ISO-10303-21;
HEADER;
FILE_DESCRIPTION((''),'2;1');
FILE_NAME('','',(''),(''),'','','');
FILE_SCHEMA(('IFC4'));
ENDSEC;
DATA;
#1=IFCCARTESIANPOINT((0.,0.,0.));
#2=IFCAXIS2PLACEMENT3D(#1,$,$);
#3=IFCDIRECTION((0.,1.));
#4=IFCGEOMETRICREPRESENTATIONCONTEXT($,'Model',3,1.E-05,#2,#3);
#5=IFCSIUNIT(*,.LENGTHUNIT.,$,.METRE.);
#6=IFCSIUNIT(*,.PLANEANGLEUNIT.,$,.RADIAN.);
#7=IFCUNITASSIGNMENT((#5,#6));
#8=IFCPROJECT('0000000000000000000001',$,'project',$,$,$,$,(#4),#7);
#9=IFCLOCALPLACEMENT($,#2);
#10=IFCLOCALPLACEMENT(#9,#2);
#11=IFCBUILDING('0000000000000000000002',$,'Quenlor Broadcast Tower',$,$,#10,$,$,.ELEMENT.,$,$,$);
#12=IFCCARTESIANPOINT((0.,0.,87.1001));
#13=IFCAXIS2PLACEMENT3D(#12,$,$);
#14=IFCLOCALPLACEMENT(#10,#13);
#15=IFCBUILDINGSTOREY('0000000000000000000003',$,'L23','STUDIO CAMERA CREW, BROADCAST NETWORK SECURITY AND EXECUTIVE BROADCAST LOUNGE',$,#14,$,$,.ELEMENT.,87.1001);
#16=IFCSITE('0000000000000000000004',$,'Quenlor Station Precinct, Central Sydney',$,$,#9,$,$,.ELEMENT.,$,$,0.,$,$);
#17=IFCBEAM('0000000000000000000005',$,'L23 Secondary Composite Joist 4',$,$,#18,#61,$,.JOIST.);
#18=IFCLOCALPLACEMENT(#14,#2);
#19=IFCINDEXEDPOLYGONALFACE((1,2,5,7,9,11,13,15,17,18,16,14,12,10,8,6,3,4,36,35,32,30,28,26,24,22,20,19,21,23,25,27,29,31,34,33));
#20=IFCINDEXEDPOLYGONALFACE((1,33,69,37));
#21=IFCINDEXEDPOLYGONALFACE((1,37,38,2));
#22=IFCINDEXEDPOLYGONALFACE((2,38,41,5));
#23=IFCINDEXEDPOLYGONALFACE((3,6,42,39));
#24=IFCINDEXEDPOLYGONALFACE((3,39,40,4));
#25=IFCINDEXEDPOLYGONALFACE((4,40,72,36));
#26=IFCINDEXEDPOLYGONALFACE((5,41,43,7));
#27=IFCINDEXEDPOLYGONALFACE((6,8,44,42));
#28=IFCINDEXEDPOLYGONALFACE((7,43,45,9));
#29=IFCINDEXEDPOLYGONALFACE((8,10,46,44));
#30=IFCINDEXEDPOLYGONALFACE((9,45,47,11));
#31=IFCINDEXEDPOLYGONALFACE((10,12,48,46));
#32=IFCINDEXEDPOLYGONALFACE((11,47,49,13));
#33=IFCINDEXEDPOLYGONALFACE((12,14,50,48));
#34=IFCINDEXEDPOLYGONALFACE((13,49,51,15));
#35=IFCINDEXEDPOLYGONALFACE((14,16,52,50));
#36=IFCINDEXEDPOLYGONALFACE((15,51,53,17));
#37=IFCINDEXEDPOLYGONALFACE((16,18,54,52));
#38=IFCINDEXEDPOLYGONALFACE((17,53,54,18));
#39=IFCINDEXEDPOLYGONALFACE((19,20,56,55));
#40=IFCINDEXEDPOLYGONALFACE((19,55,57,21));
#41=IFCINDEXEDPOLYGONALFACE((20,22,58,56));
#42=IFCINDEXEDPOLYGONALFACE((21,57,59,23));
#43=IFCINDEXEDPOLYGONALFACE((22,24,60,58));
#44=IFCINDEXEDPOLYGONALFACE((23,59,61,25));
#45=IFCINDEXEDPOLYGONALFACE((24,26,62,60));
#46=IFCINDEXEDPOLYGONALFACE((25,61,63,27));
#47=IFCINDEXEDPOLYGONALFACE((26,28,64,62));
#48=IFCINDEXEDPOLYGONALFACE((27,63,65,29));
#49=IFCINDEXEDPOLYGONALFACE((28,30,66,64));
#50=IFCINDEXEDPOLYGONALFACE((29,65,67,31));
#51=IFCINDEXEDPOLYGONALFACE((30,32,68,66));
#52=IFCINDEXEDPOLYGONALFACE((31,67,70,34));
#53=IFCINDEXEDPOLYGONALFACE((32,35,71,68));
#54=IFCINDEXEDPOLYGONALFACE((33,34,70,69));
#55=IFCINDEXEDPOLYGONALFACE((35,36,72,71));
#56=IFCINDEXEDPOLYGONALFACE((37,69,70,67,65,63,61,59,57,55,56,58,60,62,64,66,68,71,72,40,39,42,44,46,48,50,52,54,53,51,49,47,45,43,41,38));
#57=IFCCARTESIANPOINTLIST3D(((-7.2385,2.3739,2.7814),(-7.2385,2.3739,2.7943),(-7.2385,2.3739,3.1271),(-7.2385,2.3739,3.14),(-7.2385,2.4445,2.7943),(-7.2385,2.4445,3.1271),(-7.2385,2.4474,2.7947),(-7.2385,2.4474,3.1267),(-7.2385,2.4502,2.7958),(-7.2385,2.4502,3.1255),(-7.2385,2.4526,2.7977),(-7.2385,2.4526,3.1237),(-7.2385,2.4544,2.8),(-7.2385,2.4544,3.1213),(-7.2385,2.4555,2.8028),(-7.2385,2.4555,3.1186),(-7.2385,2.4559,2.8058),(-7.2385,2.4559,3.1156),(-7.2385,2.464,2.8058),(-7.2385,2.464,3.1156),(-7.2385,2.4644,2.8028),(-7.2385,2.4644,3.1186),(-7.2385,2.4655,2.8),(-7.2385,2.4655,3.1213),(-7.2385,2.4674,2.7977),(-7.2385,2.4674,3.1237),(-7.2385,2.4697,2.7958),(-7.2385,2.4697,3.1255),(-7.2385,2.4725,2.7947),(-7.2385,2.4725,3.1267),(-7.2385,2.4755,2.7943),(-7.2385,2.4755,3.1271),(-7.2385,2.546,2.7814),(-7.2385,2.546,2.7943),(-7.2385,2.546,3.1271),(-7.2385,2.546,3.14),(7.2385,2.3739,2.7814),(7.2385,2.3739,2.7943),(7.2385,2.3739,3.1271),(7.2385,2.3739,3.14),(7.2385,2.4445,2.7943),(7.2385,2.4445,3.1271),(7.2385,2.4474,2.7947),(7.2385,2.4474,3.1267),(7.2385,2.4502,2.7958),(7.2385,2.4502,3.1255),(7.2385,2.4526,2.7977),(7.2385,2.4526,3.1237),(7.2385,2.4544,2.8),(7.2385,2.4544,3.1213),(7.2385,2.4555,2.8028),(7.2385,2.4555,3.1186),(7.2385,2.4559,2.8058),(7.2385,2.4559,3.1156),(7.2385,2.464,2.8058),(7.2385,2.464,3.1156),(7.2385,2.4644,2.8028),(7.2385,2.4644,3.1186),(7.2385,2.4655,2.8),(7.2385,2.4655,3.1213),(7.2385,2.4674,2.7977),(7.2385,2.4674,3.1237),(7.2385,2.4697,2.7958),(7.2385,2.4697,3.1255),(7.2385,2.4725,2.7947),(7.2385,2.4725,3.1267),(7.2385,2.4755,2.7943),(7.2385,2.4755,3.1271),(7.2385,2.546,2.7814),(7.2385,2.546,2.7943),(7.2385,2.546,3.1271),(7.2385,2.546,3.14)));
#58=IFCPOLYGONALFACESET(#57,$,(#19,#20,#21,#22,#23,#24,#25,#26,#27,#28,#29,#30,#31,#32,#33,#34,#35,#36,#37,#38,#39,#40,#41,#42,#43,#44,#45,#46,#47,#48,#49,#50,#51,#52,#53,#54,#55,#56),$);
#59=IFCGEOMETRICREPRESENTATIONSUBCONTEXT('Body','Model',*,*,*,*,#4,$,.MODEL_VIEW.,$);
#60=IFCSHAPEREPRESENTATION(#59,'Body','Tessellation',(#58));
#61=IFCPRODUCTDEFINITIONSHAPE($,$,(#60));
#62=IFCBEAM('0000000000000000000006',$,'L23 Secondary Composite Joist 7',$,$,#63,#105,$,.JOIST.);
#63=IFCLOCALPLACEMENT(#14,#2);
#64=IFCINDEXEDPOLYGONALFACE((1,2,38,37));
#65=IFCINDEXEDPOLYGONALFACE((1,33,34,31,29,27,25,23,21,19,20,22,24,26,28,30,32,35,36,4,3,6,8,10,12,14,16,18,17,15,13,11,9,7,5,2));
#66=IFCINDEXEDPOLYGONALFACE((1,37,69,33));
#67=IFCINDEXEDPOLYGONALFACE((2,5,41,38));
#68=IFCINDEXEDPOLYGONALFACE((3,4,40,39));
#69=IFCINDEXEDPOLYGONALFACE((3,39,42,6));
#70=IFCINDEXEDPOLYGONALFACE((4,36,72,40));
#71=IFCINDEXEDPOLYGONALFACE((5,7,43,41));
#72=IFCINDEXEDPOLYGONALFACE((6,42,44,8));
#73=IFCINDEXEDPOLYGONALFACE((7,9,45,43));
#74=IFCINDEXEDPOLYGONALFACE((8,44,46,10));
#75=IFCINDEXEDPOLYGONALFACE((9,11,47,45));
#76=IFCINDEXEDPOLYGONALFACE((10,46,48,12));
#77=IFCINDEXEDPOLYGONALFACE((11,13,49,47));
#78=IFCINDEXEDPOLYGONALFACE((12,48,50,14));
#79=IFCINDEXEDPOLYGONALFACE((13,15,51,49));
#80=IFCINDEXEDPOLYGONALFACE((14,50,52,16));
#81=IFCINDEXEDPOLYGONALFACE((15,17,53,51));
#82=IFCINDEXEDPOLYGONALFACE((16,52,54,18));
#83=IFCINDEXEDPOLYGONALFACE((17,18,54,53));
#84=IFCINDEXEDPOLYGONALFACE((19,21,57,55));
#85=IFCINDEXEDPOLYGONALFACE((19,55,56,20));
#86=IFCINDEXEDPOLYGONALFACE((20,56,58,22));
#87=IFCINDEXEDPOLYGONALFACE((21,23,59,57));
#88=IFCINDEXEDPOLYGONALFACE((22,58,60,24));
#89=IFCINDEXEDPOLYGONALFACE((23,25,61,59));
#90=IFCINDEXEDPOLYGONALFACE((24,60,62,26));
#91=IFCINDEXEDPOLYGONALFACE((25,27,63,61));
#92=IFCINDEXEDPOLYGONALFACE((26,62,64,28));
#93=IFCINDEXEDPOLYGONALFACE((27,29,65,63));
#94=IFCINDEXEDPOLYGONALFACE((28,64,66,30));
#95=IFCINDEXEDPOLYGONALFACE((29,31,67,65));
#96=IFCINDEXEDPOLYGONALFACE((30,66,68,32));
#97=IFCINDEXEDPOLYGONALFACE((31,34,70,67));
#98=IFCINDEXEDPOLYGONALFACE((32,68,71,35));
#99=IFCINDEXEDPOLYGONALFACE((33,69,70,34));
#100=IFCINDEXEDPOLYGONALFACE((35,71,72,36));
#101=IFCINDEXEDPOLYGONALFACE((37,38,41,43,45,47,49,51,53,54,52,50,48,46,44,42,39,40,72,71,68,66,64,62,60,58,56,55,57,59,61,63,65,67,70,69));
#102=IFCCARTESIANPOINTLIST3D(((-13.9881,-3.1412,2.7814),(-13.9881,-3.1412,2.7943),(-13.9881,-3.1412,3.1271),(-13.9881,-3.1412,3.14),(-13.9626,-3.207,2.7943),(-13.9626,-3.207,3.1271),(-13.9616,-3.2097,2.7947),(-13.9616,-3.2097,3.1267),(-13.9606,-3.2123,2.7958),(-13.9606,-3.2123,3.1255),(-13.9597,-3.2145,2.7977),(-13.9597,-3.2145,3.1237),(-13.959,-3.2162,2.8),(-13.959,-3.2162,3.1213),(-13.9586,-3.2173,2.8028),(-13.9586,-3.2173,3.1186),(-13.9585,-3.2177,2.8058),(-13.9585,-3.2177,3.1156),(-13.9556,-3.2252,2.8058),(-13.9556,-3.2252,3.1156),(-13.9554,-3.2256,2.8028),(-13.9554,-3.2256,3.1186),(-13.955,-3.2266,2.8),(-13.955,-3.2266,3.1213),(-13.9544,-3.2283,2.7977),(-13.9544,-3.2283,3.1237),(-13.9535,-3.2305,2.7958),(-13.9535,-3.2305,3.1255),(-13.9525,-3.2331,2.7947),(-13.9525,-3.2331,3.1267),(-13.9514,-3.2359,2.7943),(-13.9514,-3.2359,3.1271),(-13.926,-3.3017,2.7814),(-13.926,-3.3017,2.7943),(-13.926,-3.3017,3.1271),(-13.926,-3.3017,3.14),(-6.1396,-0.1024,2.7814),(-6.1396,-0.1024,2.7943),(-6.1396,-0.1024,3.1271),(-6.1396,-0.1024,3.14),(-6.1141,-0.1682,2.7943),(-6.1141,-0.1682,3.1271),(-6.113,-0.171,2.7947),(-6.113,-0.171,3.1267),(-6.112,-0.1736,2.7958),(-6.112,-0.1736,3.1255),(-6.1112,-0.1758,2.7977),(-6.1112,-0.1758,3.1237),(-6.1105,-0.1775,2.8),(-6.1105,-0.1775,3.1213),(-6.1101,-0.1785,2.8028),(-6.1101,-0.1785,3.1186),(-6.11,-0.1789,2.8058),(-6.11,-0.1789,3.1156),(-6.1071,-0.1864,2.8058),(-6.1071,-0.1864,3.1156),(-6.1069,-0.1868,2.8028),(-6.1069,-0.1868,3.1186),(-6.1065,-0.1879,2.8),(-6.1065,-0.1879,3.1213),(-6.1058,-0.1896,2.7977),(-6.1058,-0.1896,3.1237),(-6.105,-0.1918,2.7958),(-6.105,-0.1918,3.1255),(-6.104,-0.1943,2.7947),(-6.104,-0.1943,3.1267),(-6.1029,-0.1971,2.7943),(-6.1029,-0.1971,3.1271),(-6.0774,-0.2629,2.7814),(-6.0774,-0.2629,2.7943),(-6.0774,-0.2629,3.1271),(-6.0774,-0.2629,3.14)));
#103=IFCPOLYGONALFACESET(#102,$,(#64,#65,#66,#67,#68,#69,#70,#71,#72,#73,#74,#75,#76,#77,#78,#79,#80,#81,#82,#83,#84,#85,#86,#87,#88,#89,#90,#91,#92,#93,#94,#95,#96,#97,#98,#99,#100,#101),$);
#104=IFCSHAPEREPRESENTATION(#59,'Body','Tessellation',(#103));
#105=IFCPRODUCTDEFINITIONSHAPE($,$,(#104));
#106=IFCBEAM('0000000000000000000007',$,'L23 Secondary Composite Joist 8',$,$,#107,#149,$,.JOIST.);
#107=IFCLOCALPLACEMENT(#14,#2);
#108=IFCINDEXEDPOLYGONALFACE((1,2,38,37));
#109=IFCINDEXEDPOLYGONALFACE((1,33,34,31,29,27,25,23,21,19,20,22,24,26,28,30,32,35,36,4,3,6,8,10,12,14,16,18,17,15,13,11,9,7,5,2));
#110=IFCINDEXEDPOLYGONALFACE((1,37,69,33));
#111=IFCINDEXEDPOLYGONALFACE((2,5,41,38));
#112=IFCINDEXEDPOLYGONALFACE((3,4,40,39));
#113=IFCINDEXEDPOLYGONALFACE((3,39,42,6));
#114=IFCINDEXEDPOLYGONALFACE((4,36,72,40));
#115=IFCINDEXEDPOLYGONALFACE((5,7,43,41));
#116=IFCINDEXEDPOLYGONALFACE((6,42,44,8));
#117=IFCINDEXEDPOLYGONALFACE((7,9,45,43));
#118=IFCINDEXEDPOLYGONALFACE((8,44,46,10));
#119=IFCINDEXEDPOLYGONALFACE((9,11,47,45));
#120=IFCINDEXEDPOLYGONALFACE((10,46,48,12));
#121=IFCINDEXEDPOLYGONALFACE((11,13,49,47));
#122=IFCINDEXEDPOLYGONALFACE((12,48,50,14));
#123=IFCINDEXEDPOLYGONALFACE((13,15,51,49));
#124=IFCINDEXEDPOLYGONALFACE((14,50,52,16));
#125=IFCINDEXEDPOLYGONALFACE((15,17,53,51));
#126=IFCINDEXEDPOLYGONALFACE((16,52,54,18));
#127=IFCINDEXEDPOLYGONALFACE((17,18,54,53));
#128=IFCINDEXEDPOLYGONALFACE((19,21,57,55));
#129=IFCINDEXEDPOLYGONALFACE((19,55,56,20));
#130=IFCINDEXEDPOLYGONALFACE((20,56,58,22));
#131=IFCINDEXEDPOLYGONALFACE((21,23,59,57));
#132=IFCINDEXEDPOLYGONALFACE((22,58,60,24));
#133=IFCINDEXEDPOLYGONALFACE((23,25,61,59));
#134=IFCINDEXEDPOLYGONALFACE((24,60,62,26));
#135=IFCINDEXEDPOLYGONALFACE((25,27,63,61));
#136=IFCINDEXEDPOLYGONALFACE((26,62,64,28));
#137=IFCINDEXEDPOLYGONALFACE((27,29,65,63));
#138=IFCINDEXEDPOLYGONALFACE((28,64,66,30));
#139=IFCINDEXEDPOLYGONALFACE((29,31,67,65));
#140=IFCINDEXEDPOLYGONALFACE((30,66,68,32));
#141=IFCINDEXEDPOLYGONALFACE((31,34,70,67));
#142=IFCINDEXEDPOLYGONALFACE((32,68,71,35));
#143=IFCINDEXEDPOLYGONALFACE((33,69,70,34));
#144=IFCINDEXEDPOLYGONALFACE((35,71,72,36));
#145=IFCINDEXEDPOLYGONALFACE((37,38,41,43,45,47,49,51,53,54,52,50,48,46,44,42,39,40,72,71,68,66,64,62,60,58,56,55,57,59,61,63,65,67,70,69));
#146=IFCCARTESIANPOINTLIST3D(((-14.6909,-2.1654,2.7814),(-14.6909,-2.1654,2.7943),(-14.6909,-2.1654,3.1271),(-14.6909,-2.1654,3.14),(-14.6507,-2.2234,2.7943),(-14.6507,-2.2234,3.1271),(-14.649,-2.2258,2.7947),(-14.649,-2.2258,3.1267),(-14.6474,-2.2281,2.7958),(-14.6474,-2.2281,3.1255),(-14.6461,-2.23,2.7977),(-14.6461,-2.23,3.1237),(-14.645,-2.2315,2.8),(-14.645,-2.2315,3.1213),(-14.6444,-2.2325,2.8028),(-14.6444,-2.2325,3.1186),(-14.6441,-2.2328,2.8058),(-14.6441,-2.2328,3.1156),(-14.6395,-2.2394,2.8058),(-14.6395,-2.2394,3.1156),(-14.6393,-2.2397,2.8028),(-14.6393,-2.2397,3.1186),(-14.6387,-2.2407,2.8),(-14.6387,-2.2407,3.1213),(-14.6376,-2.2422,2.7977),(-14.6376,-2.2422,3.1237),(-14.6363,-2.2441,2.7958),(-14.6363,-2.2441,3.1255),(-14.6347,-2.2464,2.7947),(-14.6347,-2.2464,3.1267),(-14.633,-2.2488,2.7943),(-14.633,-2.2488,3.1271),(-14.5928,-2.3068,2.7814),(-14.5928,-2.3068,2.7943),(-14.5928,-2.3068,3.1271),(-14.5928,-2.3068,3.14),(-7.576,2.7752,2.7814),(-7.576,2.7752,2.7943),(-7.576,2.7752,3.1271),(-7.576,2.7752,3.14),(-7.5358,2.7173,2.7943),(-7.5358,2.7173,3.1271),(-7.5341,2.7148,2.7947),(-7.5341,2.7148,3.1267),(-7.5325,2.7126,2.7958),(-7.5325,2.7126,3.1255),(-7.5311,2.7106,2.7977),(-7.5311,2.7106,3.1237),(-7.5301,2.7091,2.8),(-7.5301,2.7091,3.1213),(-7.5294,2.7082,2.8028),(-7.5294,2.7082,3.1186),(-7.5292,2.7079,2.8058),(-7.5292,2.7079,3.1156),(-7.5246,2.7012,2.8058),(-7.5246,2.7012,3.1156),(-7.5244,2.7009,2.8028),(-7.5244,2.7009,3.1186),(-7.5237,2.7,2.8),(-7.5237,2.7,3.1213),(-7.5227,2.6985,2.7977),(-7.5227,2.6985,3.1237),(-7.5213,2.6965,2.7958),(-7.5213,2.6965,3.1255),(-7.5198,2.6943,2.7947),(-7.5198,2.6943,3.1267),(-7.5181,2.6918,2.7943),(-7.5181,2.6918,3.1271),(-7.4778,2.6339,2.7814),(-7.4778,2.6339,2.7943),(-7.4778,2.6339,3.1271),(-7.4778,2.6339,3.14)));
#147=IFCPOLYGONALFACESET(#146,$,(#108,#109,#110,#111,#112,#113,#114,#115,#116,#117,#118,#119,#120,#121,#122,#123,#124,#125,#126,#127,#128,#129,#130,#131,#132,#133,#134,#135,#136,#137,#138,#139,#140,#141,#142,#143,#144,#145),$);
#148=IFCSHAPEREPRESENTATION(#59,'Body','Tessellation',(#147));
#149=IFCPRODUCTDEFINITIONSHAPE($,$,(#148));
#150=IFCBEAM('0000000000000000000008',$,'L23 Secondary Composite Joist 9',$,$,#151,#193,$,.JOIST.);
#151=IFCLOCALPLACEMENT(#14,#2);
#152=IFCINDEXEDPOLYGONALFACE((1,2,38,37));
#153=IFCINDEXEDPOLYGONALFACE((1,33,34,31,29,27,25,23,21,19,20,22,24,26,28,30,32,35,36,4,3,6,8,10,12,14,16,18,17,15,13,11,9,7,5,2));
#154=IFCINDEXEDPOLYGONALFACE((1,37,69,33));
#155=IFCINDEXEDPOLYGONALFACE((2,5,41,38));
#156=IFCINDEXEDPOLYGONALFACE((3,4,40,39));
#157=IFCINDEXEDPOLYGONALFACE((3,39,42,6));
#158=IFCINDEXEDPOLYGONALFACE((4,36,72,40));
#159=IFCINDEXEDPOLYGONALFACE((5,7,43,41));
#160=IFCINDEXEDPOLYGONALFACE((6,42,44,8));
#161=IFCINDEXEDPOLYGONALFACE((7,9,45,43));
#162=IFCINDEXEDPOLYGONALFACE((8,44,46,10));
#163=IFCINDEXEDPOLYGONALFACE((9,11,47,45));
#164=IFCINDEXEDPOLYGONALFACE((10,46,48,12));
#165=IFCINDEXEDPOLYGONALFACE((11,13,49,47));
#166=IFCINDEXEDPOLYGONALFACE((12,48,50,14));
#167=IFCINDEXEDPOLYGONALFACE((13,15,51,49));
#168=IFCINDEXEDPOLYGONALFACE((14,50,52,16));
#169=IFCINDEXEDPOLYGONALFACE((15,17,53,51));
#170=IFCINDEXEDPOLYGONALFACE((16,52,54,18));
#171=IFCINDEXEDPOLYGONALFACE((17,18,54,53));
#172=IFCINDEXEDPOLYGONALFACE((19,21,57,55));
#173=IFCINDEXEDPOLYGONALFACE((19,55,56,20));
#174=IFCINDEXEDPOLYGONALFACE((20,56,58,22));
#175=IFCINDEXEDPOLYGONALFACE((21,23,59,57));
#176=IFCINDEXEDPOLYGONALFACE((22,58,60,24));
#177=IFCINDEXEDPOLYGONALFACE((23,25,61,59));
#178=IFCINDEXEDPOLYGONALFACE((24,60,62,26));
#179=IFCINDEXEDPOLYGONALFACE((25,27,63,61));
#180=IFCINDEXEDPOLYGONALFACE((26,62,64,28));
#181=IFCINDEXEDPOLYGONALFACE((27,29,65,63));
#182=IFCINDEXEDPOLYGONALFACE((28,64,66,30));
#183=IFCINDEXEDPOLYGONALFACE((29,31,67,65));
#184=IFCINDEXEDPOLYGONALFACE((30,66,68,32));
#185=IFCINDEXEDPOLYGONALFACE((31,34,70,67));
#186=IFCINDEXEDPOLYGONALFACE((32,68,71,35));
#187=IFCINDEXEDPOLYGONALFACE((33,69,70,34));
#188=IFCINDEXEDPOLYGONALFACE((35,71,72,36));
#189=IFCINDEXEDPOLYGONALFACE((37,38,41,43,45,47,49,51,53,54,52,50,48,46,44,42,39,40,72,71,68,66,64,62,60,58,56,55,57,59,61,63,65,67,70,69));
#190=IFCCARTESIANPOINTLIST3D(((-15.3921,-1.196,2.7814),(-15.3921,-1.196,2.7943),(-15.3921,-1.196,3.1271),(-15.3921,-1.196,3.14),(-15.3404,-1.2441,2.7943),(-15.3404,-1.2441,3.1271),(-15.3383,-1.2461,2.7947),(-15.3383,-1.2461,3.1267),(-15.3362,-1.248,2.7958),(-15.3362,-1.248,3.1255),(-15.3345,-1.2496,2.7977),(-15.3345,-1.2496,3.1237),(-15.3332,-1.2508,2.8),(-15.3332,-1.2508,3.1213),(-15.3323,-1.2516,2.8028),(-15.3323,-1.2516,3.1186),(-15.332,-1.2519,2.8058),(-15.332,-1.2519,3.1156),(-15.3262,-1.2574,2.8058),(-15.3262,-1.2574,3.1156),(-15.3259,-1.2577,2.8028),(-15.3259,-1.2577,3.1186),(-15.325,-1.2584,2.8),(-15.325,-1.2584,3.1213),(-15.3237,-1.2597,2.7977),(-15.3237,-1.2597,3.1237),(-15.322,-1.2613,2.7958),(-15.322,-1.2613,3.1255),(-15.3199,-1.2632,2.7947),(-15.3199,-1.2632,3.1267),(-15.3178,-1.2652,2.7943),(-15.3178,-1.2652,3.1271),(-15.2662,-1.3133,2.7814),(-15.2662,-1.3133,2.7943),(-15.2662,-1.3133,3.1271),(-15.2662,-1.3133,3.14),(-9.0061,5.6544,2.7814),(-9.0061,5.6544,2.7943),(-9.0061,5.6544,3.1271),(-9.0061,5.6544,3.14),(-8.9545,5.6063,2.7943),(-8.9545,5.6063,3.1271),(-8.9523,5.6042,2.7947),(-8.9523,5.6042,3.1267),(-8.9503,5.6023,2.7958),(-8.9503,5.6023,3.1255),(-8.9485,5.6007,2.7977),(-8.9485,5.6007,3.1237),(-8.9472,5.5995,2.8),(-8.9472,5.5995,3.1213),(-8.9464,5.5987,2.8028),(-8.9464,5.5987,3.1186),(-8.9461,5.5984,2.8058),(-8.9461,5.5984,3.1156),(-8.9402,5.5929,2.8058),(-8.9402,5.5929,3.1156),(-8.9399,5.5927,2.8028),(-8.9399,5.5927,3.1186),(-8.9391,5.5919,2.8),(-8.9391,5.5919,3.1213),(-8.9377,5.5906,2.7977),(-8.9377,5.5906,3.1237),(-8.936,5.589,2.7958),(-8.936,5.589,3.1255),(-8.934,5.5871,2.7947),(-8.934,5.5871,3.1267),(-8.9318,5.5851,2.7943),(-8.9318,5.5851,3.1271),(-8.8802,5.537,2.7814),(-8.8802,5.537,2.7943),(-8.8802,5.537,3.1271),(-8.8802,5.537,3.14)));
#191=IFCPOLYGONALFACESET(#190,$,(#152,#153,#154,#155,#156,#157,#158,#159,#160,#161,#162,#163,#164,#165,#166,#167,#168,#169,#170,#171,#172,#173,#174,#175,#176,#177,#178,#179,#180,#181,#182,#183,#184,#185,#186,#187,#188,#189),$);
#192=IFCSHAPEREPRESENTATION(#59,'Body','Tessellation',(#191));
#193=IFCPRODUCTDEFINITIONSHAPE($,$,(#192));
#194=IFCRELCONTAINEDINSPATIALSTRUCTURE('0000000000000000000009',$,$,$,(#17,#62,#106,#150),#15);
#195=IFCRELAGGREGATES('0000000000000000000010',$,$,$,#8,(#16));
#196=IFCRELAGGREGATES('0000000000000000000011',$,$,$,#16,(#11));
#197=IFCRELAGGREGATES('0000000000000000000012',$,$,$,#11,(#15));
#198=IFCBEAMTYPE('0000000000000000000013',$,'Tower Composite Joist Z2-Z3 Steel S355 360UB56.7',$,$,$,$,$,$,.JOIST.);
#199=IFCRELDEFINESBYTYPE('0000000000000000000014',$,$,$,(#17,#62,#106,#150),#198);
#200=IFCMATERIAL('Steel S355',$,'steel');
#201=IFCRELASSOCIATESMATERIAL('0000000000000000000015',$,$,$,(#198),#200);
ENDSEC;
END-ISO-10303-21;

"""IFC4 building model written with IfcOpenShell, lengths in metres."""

from ifc_helpers import new_model, si_unit, direction, frame, origin, origin_2d, place, context, subcontext, project, spatial, i_section, extrude, material, material_profile, profile_set, type_object, element, save


model = new_model("IFC4")

# Units and contexts
model_context = context("Model", 3, precision=1e-05, world=origin(), true_north=direction((0.0, 1.0)))
body_context = subcontext(model_context, "Body", "Model", "MODEL_VIEW")
ifc_project = project(units=[si_unit("LENGTHUNIT", "METRE"), si_unit("PLANEANGLEUNIT", "RADIAN")], contexts=[model_context])

# Site, building, storey
site_placement = place(None, origin())
site = spatial("IfcSite", under=ifc_project, at=site_placement, Name="Quenlor Station Precinct, Central Sydney", CompositionType="ELEMENT", RefElevation=0.0)
building_placement = place(site_placement, origin())
building = spatial("IfcBuilding", under=site, at=building_placement, Name="Quenlor Broadcast Tower", CompositionType="ELEMENT")
storey_placement = place(building_placement, frame((0.0, 0.0, 87.1001)))
storey = spatial("IfcBuildingStorey", under=building, at=storey_placement, Name="L23", Description="STUDIO CAMERA CREW, BROADCAST NETWORK SECURITY AND EXECUTIVE BROADCAST LOUNGE", CompositionType="ELEMENT", Elevation=87.1001)

# Beams
ifc_material_1 = material(Name="Steel S355", Category="steel")
ifc_material_profile_1 = material_profile(ifc_material_1, i_section(OverallWidth=0.1721, OverallDepth=0.3586, WebThickness=0.0081, FlangeThickness=0.0129, FilletRadius=0.0115, at=origin_2d()))
ifc_profile_set_1 = profile_set([ifc_material_profile_1], Name="Steel S355 360UB56.7")
beam_type_1 = type_object("IfcBeamType", Name="Tower Composite Joist Z2-Z3 Steel S355 360UB56.7", PredefinedType="JOIST", material=ifc_profile_set_1)
beam_1_placement = place(storey_placement, frame((-7.2385, 2.46, 2.9607), z_axis=(1.0, 0.0, 0.0), x_axis=(0.0, 1.0, 0.0)))
element("IfcBeam", 1, at=beam_1_placement, inside=storey, type_object=beam_type_1, Name="L23 Secondary Composite Joist 4", PredefinedType="JOIST", context=body_context, shape_type="SweptSolid", body=[
    extrude(i_section(OverallWidth=0.1721, OverallDepth=0.3586, WebThickness=0.0081, FlangeThickness=0.0129, FilletRadius=0.0115, at=origin_2d()), origin(), (0.0, 0.0, 1.0), 14.4771),
])
beam_2_placement = place(storey_placement, frame((-13.957, -3.2214, 2.9607), z_axis=(0.932543, 0.36106, 0.0), x_axis=(-0.36106, 0.932543, 0.0)))
element("IfcBeam", 2, at=beam_2_placement, inside=storey, type_object=beam_type_1, Name="L23 Secondary Composite Joist 7", PredefinedType="JOIST", context=body_context, shape_type="SweptSolid", body=[
    extrude(i_section(OverallWidth=0.1721, OverallDepth=0.3586, WebThickness=0.0081, FlangeThickness=0.0129, FilletRadius=0.0115, at=origin_2d()), origin(), (0.0, 0.0, 1.0), 8.4163),
])
beam_3_placement = place(storey_placement, frame((-14.6418, -2.2361, 2.9607), z_axis=(0.821386, 0.570373, 0.0), x_axis=(-0.570373, 0.821386, 0.0)))
element("IfcBeam", 3, at=beam_3_placement, inside=storey, type_object=beam_type_1, Name="L23 Secondary Composite Joist 8", PredefinedType="JOIST", context=body_context, shape_type="SweptSolid", body=[
    extrude(i_section(OverallWidth=0.1721, OverallDepth=0.3586, WebThickness=0.0081, FlangeThickness=0.0129, FilletRadius=0.0115, at=origin_2d()), origin(), (0.0, 0.0, 1.0), 8.6621),
])
beam_4_placement = place(storey_placement, frame((-15.3291, -1.2546, 2.9607), z_axis=(0.681881, 0.731463, 0.0), x_axis=(-0.731463, 0.681881, 0.0)))
element("IfcBeam", 4, at=beam_4_placement, inside=storey, type_object=beam_type_1, Name="L23 Secondary Composite Joist 9", PredefinedType="JOIST", context=body_context, shape_type="SweptSolid", body=[
    extrude(i_section(OverallWidth=0.1721, OverallDepth=0.3586, WebThickness=0.0081, FlangeThickness=0.0129, FilletRadius=0.0115, at=origin_2d()), origin(), (0.0, 0.0, 1.0), 9.3652),
])

save(model, "model.ifc")
